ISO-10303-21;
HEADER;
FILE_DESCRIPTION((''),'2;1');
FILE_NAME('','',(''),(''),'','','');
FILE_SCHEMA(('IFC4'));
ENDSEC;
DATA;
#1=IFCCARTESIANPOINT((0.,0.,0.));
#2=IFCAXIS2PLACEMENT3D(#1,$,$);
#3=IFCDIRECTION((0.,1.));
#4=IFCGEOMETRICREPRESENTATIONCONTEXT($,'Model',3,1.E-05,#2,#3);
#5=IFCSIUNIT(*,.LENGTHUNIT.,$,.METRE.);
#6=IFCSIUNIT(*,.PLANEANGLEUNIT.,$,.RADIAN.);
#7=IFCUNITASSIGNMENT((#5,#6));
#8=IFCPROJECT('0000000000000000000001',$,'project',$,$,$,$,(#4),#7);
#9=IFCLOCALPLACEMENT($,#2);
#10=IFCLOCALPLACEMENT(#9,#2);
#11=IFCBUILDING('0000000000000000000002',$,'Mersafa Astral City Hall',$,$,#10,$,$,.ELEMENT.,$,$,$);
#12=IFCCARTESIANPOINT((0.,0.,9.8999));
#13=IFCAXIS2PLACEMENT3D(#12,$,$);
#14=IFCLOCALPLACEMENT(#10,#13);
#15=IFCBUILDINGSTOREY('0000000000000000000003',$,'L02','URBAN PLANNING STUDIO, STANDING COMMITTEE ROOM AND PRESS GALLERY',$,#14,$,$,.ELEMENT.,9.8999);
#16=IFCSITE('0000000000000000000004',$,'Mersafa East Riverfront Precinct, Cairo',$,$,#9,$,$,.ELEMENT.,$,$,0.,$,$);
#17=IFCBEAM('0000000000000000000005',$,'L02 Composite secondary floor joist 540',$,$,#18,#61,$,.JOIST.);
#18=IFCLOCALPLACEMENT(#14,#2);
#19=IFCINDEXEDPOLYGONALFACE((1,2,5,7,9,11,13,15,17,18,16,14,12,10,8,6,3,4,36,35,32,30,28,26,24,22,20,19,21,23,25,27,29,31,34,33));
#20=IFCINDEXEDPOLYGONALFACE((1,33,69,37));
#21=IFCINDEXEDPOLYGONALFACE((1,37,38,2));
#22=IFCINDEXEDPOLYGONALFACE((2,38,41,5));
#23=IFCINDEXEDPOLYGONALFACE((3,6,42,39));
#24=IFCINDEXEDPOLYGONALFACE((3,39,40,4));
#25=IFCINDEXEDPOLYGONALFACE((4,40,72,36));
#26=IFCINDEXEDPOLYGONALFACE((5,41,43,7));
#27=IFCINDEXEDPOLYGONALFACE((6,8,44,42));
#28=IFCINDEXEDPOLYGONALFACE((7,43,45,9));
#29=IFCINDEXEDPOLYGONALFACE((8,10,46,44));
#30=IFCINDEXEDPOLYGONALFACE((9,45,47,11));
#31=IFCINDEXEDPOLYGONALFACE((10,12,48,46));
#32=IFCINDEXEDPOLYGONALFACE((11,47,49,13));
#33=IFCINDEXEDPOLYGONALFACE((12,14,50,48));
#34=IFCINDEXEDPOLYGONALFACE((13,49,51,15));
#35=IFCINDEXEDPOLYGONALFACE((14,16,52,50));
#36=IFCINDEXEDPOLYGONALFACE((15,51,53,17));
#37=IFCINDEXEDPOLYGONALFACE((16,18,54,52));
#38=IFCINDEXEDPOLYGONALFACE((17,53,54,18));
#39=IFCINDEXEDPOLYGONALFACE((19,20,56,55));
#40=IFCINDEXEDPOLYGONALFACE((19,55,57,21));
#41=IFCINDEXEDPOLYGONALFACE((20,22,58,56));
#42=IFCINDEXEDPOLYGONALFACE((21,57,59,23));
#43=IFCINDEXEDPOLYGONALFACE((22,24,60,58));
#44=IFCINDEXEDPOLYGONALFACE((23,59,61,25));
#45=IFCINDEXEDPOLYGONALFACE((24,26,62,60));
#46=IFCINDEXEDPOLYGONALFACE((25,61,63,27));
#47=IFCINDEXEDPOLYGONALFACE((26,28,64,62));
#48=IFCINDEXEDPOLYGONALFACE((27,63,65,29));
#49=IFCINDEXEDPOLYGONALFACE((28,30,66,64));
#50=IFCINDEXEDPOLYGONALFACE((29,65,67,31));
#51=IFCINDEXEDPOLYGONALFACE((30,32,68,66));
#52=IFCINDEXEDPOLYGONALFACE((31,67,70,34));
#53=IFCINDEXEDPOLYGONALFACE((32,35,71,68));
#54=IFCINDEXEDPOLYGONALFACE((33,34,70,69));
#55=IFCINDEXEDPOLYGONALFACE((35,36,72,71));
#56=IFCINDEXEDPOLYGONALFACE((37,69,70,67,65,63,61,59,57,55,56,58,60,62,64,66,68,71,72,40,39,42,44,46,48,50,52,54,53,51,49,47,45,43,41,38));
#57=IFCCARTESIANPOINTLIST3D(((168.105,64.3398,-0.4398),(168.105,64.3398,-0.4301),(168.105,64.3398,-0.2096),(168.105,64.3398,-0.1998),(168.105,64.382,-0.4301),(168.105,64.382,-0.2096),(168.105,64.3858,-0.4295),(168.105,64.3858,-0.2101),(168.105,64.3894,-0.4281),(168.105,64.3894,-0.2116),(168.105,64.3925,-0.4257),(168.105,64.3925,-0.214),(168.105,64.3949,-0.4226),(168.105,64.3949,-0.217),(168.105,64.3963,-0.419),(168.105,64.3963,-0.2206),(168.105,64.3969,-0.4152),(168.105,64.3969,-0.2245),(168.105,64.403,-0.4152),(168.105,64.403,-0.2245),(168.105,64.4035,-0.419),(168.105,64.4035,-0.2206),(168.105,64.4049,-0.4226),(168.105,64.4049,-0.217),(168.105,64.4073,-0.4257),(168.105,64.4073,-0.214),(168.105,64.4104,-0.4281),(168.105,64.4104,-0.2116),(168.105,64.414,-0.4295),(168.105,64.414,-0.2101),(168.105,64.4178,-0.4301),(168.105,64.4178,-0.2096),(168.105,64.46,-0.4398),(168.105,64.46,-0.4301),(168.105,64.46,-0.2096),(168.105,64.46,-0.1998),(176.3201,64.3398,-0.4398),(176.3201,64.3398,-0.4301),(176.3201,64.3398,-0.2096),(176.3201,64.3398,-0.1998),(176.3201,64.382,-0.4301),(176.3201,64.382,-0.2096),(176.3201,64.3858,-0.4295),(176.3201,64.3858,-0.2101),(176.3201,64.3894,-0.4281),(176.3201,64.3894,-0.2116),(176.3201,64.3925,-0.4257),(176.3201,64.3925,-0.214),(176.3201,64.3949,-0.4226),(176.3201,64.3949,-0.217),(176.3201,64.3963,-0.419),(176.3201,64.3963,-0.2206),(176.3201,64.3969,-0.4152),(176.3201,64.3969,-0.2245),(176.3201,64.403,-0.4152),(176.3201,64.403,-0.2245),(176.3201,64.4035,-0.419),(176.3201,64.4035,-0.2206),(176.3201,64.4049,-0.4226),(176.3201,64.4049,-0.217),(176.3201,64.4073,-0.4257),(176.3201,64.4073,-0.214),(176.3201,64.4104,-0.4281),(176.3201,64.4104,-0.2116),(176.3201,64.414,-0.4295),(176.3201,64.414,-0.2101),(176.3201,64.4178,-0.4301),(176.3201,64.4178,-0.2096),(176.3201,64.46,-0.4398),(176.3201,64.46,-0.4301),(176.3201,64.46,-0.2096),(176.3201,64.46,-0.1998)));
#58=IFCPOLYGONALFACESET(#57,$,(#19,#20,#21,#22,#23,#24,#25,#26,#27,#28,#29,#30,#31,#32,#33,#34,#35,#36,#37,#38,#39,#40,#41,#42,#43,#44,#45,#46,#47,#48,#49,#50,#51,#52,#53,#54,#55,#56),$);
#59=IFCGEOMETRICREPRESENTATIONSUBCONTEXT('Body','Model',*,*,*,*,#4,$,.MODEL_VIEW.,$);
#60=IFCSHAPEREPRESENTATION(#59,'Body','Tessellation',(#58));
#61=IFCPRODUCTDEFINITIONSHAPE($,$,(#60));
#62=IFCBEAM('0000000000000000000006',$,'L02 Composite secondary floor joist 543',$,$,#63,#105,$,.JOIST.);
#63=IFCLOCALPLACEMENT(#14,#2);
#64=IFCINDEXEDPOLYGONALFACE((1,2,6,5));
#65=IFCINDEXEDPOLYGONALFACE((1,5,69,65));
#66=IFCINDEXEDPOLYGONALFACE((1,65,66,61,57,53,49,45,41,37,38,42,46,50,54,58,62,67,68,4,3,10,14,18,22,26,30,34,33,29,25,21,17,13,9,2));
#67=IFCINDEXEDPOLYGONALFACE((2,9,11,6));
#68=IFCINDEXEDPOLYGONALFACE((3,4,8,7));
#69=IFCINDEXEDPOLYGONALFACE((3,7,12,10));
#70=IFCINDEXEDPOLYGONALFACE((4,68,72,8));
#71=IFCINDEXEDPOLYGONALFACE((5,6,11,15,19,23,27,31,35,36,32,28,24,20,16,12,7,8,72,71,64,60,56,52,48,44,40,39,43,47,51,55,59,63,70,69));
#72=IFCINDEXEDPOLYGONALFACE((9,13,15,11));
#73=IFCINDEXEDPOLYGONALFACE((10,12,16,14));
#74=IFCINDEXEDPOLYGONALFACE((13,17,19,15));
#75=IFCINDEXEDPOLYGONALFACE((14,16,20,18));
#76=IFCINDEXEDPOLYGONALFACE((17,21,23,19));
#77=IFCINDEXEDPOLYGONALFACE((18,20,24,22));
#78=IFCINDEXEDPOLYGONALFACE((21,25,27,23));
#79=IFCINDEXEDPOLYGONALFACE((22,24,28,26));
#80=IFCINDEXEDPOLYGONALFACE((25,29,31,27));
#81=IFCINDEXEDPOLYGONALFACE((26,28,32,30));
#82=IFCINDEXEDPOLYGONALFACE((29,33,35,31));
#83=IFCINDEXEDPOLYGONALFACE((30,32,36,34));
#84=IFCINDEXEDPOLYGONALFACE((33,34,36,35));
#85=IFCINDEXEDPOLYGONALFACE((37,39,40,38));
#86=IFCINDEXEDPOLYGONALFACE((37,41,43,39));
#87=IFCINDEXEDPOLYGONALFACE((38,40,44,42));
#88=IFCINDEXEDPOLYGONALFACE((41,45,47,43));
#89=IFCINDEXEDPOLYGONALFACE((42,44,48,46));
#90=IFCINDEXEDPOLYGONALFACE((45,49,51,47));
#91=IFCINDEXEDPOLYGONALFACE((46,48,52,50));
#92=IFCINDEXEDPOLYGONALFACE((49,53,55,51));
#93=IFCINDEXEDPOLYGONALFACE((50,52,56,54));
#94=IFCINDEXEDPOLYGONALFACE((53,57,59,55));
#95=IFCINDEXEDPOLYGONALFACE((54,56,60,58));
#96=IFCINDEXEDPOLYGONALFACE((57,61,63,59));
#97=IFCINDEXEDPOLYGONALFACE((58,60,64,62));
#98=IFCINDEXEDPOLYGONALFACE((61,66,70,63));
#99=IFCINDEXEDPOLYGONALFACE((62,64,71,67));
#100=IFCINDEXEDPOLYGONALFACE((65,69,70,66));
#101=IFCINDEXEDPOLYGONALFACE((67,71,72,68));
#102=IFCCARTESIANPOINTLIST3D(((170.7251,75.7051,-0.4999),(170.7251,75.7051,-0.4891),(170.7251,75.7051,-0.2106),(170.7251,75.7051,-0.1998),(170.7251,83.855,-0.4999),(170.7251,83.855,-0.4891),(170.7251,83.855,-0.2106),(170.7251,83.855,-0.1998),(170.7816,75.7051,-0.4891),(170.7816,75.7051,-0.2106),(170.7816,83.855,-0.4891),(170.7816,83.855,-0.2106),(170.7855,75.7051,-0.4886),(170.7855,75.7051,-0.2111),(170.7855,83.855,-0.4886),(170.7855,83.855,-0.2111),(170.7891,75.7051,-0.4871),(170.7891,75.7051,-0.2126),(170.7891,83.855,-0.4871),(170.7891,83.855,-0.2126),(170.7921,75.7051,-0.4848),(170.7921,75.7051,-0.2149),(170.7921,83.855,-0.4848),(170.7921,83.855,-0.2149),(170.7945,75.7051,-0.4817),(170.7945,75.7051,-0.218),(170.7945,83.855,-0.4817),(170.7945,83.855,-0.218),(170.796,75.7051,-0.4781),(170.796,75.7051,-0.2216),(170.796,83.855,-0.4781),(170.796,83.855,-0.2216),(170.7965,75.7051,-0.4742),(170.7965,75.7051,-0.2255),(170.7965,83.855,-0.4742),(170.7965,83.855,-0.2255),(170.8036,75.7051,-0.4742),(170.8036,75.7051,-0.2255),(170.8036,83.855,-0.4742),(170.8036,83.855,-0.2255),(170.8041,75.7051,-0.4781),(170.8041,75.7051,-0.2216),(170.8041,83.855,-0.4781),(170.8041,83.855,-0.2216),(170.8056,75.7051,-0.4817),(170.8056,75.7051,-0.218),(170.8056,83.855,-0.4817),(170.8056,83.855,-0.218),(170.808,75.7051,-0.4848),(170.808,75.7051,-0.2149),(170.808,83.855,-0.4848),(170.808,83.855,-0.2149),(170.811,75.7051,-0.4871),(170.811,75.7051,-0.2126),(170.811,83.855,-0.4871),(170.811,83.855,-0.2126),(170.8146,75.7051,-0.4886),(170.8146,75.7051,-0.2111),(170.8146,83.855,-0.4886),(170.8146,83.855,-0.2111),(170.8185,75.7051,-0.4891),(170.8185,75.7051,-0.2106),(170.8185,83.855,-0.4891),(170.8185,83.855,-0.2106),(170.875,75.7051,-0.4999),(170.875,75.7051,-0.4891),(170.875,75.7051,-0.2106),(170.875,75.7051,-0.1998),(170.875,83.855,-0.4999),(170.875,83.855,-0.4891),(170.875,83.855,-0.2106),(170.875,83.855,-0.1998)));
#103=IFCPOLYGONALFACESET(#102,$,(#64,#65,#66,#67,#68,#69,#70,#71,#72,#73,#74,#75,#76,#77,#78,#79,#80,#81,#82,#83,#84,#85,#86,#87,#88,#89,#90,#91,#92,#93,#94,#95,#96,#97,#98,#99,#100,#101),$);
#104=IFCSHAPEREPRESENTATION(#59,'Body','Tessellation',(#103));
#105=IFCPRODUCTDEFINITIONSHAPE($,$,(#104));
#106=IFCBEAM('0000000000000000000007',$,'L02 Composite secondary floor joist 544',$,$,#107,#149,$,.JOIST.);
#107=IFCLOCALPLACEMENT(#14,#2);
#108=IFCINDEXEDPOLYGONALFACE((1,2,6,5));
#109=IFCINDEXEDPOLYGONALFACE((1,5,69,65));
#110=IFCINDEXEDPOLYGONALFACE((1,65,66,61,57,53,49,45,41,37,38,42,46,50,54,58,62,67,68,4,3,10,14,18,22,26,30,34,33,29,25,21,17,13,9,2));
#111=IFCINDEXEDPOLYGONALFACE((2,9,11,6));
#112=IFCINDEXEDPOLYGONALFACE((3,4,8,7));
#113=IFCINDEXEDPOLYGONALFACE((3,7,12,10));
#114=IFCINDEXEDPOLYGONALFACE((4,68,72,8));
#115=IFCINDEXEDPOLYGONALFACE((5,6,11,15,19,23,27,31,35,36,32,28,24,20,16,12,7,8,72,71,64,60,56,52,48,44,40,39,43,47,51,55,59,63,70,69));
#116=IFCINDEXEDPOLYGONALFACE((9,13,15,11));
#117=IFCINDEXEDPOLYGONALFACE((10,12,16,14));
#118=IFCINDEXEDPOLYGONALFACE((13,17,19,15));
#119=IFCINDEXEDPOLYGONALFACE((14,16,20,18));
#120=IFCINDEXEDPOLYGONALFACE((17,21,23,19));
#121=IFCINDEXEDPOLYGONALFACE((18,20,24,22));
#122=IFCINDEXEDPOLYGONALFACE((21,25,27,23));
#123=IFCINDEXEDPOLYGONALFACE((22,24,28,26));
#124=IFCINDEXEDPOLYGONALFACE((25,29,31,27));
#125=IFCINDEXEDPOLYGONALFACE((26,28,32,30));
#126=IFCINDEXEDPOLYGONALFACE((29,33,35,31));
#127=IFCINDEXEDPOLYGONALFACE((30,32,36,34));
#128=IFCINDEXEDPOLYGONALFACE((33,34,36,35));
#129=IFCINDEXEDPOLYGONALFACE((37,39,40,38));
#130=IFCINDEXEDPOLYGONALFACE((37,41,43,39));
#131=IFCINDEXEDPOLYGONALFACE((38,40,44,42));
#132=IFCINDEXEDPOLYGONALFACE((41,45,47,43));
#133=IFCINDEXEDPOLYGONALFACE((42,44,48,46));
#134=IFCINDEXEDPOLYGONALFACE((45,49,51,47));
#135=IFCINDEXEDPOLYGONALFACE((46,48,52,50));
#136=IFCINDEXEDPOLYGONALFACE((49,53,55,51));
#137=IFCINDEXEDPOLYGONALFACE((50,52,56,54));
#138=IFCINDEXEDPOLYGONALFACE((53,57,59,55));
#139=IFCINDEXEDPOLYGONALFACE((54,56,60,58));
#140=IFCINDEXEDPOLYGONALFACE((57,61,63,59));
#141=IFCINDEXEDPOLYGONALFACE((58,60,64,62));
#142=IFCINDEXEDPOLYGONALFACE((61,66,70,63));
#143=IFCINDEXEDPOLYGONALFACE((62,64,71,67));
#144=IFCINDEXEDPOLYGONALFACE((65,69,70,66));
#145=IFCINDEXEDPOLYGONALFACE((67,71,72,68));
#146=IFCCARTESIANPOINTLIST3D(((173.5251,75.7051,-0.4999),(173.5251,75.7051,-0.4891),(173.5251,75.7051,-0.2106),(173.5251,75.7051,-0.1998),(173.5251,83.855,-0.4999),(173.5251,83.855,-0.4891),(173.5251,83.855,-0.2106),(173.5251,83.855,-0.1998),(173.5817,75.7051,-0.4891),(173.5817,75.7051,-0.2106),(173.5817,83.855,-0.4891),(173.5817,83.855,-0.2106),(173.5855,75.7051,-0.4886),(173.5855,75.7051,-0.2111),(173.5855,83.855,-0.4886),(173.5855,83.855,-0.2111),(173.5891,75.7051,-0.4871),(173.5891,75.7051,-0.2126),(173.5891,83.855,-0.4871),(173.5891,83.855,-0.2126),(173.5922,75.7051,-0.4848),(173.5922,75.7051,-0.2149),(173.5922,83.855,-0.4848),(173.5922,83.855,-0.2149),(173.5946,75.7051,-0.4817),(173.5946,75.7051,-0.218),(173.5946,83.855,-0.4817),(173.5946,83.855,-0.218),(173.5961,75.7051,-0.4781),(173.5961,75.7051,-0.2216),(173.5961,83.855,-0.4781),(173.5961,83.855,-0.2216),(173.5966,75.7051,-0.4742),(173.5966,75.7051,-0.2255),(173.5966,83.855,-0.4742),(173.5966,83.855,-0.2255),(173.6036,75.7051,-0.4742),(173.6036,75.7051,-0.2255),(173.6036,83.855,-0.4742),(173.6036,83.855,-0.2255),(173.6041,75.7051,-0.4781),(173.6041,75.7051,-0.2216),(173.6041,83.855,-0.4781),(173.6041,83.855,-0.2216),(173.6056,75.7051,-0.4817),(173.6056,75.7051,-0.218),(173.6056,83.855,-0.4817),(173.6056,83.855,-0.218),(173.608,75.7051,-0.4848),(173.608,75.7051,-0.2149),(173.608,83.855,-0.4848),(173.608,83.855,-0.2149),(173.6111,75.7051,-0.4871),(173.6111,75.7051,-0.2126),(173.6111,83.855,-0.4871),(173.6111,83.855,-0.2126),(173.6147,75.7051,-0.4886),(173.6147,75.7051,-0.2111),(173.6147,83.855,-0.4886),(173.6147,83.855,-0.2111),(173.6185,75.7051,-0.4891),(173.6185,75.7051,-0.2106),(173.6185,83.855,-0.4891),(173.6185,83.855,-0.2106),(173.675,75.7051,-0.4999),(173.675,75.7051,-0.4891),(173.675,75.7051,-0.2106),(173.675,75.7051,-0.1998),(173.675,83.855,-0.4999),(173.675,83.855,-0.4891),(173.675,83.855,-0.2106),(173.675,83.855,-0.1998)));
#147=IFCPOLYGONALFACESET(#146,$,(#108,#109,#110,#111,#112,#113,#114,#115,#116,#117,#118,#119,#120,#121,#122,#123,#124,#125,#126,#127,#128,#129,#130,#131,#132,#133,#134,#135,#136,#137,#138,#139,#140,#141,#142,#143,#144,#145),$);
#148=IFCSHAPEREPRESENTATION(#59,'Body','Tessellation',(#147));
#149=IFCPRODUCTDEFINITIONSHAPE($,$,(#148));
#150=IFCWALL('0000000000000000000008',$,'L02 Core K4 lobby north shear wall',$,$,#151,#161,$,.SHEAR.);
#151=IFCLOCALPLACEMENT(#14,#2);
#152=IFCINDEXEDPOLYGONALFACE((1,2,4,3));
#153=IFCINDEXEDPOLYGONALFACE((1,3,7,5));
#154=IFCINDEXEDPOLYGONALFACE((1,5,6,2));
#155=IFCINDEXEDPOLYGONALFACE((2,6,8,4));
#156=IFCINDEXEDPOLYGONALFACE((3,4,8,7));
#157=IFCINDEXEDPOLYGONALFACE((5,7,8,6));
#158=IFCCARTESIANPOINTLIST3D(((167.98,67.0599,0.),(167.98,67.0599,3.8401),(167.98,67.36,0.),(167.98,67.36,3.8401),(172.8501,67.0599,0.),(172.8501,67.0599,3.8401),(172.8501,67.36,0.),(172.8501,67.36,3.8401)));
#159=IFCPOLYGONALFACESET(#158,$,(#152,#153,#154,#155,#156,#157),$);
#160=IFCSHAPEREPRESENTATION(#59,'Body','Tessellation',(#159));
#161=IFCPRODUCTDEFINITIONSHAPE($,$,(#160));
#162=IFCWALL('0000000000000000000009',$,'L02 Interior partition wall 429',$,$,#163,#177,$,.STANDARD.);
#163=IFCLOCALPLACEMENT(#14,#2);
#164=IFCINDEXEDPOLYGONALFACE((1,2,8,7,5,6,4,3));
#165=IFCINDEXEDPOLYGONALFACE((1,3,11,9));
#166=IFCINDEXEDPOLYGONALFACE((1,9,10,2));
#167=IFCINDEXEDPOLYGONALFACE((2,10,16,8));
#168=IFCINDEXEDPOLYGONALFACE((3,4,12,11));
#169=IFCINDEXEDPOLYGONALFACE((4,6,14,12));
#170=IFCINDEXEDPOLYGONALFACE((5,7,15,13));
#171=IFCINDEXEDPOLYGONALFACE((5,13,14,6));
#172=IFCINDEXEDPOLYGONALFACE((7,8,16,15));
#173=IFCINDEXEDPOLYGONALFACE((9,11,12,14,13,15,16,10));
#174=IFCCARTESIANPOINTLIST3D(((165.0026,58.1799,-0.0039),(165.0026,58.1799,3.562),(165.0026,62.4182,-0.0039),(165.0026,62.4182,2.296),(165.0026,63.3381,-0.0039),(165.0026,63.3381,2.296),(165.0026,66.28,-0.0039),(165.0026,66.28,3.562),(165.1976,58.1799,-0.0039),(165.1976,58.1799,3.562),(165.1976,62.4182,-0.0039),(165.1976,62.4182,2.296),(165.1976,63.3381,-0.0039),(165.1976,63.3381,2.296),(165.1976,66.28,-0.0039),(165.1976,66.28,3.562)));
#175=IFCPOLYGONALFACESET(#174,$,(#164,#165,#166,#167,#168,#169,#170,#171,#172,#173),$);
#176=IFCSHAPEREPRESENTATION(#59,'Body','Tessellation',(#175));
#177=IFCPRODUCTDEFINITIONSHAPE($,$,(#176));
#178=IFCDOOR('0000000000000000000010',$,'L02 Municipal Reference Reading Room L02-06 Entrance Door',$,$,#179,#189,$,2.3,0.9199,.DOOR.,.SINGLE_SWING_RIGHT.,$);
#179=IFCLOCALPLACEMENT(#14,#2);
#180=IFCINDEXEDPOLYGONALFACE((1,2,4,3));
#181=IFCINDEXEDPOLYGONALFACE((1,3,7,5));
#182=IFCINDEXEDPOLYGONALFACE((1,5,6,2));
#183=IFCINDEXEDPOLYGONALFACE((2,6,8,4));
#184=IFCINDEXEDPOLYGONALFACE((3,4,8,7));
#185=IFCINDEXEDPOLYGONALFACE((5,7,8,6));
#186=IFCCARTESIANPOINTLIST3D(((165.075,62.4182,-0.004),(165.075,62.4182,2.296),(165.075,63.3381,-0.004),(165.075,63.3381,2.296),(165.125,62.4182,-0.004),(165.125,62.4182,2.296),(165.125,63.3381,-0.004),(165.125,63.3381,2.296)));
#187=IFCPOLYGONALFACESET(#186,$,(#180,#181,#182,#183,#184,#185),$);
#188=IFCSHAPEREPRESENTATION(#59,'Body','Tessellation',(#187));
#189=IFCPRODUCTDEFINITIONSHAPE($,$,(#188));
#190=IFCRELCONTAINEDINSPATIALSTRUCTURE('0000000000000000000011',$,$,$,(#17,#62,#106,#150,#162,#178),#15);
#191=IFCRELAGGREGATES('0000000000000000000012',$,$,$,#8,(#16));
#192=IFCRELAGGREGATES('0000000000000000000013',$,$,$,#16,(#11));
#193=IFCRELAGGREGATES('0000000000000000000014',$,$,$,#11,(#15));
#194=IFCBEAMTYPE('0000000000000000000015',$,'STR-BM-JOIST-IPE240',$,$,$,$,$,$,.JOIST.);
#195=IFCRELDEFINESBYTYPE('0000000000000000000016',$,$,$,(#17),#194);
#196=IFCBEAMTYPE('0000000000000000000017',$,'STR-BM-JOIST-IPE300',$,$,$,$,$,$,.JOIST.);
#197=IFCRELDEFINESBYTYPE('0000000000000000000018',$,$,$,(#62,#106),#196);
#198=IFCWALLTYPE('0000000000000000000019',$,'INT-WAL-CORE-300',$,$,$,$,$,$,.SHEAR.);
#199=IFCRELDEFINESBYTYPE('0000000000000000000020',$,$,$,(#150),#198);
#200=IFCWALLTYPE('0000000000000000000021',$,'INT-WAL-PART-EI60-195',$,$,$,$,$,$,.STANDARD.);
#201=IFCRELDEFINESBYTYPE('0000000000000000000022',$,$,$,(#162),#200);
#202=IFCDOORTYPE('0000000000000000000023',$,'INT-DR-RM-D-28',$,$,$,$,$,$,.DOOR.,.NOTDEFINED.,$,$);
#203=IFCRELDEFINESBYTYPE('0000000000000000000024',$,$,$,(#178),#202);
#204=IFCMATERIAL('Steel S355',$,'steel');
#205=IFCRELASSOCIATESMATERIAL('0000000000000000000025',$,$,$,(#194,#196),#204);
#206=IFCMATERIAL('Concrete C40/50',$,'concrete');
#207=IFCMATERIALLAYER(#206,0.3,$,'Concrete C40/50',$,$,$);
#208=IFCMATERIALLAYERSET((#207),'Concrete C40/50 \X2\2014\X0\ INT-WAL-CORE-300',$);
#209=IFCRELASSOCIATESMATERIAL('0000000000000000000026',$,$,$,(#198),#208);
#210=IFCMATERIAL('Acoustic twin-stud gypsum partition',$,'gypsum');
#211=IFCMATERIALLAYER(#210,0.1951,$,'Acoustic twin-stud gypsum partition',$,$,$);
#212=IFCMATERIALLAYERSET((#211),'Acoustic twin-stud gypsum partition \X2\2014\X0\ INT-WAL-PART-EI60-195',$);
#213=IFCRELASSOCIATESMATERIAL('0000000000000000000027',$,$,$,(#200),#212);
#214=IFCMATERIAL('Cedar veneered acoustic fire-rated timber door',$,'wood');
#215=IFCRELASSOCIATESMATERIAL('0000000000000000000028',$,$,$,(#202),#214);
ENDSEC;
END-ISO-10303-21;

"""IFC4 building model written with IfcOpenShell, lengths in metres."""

from ifc_helpers import new_model, si_unit, direction, frame, frame_2d, origin, origin_2d, place, context, subcontext, project, spatial, rectangle, i_section, extrude, material, layer, layer_set, material_profile, profile_set, type_object, element, fill, save


model = new_model("IFC4")

# Units and contexts
model_context = context("Model", 3, precision=1e-05, world=origin(), true_north=direction((0.0, 1.0)))
body_context = subcontext(model_context, "Body", "Model", "MODEL_VIEW")
ifc_project = project(units=[si_unit("LENGTHUNIT", "METRE"), si_unit("PLANEANGLEUNIT", "RADIAN")], contexts=[model_context])

# Site, building, storey
site_placement = place(None, origin())
site = spatial("IfcSite", under=ifc_project, at=site_placement, Name="Mersafa East Riverfront Precinct, Cairo", CompositionType="ELEMENT", RefElevation=0.0)
building_placement = place(site_placement, origin())
building = spatial("IfcBuilding", under=site, at=building_placement, Name="Mersafa Astral City Hall", CompositionType="ELEMENT")
storey_placement = place(building_placement, frame((0.0, 0.0, 9.8999)))
storey = spatial("IfcBuildingStorey", under=building, at=storey_placement, Name="L02", Description="URBAN PLANNING STUDIO, STANDING COMMITTEE ROOM AND PRESS GALLERY", CompositionType="ELEMENT", Elevation=9.8999)

# Shared definitions
ifc_material_1 = material(Name="Steel S355", Category="steel")

# Beams
ifc_material_profile_1 = material_profile(ifc_material_1, i_section(OverallWidth=0.1201, OverallDepth=0.24, WebThickness=0.0061, FlangeThickness=0.0098, FilletRadius=0.0149, at=origin_2d()), Name="IPE 240")
ifc_profile_set_1 = profile_set([ifc_material_profile_1], Name="Steel S355")
beam_type_1 = type_object("IfcBeamType", Name="STR-BM-JOIST-IPE240", PredefinedType="JOIST", material=ifc_profile_set_1)
beam_1_placement = place(storey_placement, frame((168.105, 64.3999, -0.3198), z_axis=(1.0, 0.0, 0.0), x_axis=(0.0, 1.0, 0.0)))
element("IfcBeam", 1, at=beam_1_placement, inside=storey, type_object=beam_type_1, Name="L02 Composite secondary floor joist 540", PredefinedType="JOIST", context=body_context, shape_type="SweptSolid", body=[
    extrude(i_section(OverallWidth=0.1201, OverallDepth=0.24, WebThickness=0.0061, FlangeThickness=0.0098, FilletRadius=0.0149, at=origin_2d()), origin(), (0.0, 0.0, 1.0), 8.2151),
])
ifc_material_profile_2 = material_profile(ifc_material_1, i_section(OverallWidth=0.1499, OverallDepth=0.3, WebThickness=0.0071, FlangeThickness=0.0107, FilletRadius=0.0149, at=origin_2d()), Name="IPE 300")
ifc_profile_set_2 = profile_set([ifc_material_profile_2], Name="Steel S355")
beam_type_2 = type_object("IfcBeamType", Name="STR-BM-JOIST-IPE300", PredefinedType="JOIST", material=ifc_profile_set_2)
for number, where, z_axis, x_axis, name in (
    (2, (170.8, 75.7051, -0.3499), (0.0, 1.0, 0.0), (-1.0, 0.0, 0.0), "L02 Composite secondary floor joist 543"),
    (3, (173.6001, 75.7051, -0.3499), (0.0, 1.0, 0.0), (-1.0, 0.0, 0.0), "L02 Composite secondary floor joist 544"),
):
    element("IfcBeam", number, at=place(storey_placement, frame(where, z_axis=z_axis, x_axis=x_axis)), inside=storey, type_object=beam_type_2, Name=name, PredefinedType="JOIST", context=body_context, shape_type="SweptSolid", body=[
        extrude(i_section(OverallWidth=0.1499, OverallDepth=0.3, WebThickness=0.0071, FlangeThickness=0.0107, FilletRadius=0.0149, at=origin_2d()), origin(), (0.0, 0.0, 1.0), 8.1499),
    ])

# Wall
ifc_material_2 = material(Name="Concrete C40/50", Category="concrete")
ifc_layer_1 = layer(ifc_material_2, 0.3, Name="Concrete C40/50")
ifc_layer_set_1 = layer_set([ifc_layer_1], Name="Concrete C40/50 — INT-WAL-CORE-300")
wall_type_1 = type_object("IfcWallType", Name="INT-WAL-CORE-300", PredefinedType="SHEAR", material=ifc_layer_set_1)
wall_1_placement = place(storey_placement, frame((167.98, 67.21, 0.0), z_axis=(0.0, 0.0, 1.0), x_axis=(1.0, 0.0, 0.0)))
element("IfcWall", 4, at=wall_1_placement, inside=storey, type_object=wall_type_1, Name="L02 Core K4 lobby north shear wall", PredefinedType="SHEAR", context=body_context, shape_type="SweptSolid", body=[
    extrude(rectangle(XDim=4.8701, YDim=0.3, at=frame_2d((2.4351, 0.0))), origin(), (0.0, 0.0, 1.0), 3.8401),
])

# Wall, opening, door
ifc_material_3 = material(Name="Acoustic twin-stud gypsum partition", Category="gypsum")
ifc_layer_2 = layer(ifc_material_3, 0.1951, Name="Acoustic twin-stud gypsum partition")
ifc_layer_set_2 = layer_set([ifc_layer_2], Name="Acoustic twin-stud gypsum partition — INT-WAL-PART-EI60-195")
wall_type_2 = type_object("IfcWallType", Name="INT-WAL-PART-EI60-195", PredefinedType="STANDARD", material=ifc_layer_set_2)
wall_2_placement = place(storey_placement, frame((165.1001, 66.28, -0.0039), z_axis=(0.0, 0.0, 1.0), x_axis=(0.0, -1.0, 0.0)))
wall_2 = element("IfcWall", 5, at=wall_2_placement, inside=storey, type_object=wall_type_2, Name="L02 Interior partition wall 429", PredefinedType="STANDARD", context=body_context, shape_type="SweptSolid", body=[
    extrude(rectangle(XDim=8.1001, YDim=0.1951, at=frame_2d((4.05, 0.0))), origin(), (0.0, 0.0, 1.0), 3.5659),
])
opening_placement = place(wall_2_placement, frame((2.9419, 0.0, 0.0)))
opening = element("IfcOpeningElement", 6, at=opening_placement, cuts=wall_2, PredefinedType="OPENING", context=body_context, shape_type="SweptSolid", body=[
    extrude(rectangle(XDim=0.9199, YDim=2.3, at=frame_2d((0.46, 1.1499))), frame((0.0, 0.1074, 0.0), z_axis=(0.0, -1.0, 0.0), x_axis=(1.0, 0.0, 0.0)), (0.0, 0.0, 1.0), 0.2151),
])
ifc_material_4 = material(Name="Cedar veneered acoustic fire-rated timber door", Category="wood")
door_type = type_object("IfcDoorType", Name="INT-DR-RM-D-28", OperationType="NOTDEFINED", PredefinedType="DOOR", material=ifc_material_4)
door_placement = place(opening_placement, origin())
door = element("IfcDoor", 7, at=door_placement, inside=storey, type_object=door_type, Name="L02 Municipal Reference Reading Room L02-06 Entrance Door", OperationType="SINGLE_SWING_RIGHT", OverallHeight=2.3, OverallWidth=0.9199, PredefinedType="DOOR", context=body_context, shape_type="SweptSolid", body=[
    extrude(rectangle(XDim=0.9199, YDim=2.3, at=frame_2d((0.46, 1.1499))), frame((0.0, 0.0249, 0.0), z_axis=(0.0, -1.0, 0.0), x_axis=(1.0, 0.0, 0.0)), (0.0, 0.0, 1.0), 0.05),
])
fill(opening, door)

save(model, "model.ifc")
